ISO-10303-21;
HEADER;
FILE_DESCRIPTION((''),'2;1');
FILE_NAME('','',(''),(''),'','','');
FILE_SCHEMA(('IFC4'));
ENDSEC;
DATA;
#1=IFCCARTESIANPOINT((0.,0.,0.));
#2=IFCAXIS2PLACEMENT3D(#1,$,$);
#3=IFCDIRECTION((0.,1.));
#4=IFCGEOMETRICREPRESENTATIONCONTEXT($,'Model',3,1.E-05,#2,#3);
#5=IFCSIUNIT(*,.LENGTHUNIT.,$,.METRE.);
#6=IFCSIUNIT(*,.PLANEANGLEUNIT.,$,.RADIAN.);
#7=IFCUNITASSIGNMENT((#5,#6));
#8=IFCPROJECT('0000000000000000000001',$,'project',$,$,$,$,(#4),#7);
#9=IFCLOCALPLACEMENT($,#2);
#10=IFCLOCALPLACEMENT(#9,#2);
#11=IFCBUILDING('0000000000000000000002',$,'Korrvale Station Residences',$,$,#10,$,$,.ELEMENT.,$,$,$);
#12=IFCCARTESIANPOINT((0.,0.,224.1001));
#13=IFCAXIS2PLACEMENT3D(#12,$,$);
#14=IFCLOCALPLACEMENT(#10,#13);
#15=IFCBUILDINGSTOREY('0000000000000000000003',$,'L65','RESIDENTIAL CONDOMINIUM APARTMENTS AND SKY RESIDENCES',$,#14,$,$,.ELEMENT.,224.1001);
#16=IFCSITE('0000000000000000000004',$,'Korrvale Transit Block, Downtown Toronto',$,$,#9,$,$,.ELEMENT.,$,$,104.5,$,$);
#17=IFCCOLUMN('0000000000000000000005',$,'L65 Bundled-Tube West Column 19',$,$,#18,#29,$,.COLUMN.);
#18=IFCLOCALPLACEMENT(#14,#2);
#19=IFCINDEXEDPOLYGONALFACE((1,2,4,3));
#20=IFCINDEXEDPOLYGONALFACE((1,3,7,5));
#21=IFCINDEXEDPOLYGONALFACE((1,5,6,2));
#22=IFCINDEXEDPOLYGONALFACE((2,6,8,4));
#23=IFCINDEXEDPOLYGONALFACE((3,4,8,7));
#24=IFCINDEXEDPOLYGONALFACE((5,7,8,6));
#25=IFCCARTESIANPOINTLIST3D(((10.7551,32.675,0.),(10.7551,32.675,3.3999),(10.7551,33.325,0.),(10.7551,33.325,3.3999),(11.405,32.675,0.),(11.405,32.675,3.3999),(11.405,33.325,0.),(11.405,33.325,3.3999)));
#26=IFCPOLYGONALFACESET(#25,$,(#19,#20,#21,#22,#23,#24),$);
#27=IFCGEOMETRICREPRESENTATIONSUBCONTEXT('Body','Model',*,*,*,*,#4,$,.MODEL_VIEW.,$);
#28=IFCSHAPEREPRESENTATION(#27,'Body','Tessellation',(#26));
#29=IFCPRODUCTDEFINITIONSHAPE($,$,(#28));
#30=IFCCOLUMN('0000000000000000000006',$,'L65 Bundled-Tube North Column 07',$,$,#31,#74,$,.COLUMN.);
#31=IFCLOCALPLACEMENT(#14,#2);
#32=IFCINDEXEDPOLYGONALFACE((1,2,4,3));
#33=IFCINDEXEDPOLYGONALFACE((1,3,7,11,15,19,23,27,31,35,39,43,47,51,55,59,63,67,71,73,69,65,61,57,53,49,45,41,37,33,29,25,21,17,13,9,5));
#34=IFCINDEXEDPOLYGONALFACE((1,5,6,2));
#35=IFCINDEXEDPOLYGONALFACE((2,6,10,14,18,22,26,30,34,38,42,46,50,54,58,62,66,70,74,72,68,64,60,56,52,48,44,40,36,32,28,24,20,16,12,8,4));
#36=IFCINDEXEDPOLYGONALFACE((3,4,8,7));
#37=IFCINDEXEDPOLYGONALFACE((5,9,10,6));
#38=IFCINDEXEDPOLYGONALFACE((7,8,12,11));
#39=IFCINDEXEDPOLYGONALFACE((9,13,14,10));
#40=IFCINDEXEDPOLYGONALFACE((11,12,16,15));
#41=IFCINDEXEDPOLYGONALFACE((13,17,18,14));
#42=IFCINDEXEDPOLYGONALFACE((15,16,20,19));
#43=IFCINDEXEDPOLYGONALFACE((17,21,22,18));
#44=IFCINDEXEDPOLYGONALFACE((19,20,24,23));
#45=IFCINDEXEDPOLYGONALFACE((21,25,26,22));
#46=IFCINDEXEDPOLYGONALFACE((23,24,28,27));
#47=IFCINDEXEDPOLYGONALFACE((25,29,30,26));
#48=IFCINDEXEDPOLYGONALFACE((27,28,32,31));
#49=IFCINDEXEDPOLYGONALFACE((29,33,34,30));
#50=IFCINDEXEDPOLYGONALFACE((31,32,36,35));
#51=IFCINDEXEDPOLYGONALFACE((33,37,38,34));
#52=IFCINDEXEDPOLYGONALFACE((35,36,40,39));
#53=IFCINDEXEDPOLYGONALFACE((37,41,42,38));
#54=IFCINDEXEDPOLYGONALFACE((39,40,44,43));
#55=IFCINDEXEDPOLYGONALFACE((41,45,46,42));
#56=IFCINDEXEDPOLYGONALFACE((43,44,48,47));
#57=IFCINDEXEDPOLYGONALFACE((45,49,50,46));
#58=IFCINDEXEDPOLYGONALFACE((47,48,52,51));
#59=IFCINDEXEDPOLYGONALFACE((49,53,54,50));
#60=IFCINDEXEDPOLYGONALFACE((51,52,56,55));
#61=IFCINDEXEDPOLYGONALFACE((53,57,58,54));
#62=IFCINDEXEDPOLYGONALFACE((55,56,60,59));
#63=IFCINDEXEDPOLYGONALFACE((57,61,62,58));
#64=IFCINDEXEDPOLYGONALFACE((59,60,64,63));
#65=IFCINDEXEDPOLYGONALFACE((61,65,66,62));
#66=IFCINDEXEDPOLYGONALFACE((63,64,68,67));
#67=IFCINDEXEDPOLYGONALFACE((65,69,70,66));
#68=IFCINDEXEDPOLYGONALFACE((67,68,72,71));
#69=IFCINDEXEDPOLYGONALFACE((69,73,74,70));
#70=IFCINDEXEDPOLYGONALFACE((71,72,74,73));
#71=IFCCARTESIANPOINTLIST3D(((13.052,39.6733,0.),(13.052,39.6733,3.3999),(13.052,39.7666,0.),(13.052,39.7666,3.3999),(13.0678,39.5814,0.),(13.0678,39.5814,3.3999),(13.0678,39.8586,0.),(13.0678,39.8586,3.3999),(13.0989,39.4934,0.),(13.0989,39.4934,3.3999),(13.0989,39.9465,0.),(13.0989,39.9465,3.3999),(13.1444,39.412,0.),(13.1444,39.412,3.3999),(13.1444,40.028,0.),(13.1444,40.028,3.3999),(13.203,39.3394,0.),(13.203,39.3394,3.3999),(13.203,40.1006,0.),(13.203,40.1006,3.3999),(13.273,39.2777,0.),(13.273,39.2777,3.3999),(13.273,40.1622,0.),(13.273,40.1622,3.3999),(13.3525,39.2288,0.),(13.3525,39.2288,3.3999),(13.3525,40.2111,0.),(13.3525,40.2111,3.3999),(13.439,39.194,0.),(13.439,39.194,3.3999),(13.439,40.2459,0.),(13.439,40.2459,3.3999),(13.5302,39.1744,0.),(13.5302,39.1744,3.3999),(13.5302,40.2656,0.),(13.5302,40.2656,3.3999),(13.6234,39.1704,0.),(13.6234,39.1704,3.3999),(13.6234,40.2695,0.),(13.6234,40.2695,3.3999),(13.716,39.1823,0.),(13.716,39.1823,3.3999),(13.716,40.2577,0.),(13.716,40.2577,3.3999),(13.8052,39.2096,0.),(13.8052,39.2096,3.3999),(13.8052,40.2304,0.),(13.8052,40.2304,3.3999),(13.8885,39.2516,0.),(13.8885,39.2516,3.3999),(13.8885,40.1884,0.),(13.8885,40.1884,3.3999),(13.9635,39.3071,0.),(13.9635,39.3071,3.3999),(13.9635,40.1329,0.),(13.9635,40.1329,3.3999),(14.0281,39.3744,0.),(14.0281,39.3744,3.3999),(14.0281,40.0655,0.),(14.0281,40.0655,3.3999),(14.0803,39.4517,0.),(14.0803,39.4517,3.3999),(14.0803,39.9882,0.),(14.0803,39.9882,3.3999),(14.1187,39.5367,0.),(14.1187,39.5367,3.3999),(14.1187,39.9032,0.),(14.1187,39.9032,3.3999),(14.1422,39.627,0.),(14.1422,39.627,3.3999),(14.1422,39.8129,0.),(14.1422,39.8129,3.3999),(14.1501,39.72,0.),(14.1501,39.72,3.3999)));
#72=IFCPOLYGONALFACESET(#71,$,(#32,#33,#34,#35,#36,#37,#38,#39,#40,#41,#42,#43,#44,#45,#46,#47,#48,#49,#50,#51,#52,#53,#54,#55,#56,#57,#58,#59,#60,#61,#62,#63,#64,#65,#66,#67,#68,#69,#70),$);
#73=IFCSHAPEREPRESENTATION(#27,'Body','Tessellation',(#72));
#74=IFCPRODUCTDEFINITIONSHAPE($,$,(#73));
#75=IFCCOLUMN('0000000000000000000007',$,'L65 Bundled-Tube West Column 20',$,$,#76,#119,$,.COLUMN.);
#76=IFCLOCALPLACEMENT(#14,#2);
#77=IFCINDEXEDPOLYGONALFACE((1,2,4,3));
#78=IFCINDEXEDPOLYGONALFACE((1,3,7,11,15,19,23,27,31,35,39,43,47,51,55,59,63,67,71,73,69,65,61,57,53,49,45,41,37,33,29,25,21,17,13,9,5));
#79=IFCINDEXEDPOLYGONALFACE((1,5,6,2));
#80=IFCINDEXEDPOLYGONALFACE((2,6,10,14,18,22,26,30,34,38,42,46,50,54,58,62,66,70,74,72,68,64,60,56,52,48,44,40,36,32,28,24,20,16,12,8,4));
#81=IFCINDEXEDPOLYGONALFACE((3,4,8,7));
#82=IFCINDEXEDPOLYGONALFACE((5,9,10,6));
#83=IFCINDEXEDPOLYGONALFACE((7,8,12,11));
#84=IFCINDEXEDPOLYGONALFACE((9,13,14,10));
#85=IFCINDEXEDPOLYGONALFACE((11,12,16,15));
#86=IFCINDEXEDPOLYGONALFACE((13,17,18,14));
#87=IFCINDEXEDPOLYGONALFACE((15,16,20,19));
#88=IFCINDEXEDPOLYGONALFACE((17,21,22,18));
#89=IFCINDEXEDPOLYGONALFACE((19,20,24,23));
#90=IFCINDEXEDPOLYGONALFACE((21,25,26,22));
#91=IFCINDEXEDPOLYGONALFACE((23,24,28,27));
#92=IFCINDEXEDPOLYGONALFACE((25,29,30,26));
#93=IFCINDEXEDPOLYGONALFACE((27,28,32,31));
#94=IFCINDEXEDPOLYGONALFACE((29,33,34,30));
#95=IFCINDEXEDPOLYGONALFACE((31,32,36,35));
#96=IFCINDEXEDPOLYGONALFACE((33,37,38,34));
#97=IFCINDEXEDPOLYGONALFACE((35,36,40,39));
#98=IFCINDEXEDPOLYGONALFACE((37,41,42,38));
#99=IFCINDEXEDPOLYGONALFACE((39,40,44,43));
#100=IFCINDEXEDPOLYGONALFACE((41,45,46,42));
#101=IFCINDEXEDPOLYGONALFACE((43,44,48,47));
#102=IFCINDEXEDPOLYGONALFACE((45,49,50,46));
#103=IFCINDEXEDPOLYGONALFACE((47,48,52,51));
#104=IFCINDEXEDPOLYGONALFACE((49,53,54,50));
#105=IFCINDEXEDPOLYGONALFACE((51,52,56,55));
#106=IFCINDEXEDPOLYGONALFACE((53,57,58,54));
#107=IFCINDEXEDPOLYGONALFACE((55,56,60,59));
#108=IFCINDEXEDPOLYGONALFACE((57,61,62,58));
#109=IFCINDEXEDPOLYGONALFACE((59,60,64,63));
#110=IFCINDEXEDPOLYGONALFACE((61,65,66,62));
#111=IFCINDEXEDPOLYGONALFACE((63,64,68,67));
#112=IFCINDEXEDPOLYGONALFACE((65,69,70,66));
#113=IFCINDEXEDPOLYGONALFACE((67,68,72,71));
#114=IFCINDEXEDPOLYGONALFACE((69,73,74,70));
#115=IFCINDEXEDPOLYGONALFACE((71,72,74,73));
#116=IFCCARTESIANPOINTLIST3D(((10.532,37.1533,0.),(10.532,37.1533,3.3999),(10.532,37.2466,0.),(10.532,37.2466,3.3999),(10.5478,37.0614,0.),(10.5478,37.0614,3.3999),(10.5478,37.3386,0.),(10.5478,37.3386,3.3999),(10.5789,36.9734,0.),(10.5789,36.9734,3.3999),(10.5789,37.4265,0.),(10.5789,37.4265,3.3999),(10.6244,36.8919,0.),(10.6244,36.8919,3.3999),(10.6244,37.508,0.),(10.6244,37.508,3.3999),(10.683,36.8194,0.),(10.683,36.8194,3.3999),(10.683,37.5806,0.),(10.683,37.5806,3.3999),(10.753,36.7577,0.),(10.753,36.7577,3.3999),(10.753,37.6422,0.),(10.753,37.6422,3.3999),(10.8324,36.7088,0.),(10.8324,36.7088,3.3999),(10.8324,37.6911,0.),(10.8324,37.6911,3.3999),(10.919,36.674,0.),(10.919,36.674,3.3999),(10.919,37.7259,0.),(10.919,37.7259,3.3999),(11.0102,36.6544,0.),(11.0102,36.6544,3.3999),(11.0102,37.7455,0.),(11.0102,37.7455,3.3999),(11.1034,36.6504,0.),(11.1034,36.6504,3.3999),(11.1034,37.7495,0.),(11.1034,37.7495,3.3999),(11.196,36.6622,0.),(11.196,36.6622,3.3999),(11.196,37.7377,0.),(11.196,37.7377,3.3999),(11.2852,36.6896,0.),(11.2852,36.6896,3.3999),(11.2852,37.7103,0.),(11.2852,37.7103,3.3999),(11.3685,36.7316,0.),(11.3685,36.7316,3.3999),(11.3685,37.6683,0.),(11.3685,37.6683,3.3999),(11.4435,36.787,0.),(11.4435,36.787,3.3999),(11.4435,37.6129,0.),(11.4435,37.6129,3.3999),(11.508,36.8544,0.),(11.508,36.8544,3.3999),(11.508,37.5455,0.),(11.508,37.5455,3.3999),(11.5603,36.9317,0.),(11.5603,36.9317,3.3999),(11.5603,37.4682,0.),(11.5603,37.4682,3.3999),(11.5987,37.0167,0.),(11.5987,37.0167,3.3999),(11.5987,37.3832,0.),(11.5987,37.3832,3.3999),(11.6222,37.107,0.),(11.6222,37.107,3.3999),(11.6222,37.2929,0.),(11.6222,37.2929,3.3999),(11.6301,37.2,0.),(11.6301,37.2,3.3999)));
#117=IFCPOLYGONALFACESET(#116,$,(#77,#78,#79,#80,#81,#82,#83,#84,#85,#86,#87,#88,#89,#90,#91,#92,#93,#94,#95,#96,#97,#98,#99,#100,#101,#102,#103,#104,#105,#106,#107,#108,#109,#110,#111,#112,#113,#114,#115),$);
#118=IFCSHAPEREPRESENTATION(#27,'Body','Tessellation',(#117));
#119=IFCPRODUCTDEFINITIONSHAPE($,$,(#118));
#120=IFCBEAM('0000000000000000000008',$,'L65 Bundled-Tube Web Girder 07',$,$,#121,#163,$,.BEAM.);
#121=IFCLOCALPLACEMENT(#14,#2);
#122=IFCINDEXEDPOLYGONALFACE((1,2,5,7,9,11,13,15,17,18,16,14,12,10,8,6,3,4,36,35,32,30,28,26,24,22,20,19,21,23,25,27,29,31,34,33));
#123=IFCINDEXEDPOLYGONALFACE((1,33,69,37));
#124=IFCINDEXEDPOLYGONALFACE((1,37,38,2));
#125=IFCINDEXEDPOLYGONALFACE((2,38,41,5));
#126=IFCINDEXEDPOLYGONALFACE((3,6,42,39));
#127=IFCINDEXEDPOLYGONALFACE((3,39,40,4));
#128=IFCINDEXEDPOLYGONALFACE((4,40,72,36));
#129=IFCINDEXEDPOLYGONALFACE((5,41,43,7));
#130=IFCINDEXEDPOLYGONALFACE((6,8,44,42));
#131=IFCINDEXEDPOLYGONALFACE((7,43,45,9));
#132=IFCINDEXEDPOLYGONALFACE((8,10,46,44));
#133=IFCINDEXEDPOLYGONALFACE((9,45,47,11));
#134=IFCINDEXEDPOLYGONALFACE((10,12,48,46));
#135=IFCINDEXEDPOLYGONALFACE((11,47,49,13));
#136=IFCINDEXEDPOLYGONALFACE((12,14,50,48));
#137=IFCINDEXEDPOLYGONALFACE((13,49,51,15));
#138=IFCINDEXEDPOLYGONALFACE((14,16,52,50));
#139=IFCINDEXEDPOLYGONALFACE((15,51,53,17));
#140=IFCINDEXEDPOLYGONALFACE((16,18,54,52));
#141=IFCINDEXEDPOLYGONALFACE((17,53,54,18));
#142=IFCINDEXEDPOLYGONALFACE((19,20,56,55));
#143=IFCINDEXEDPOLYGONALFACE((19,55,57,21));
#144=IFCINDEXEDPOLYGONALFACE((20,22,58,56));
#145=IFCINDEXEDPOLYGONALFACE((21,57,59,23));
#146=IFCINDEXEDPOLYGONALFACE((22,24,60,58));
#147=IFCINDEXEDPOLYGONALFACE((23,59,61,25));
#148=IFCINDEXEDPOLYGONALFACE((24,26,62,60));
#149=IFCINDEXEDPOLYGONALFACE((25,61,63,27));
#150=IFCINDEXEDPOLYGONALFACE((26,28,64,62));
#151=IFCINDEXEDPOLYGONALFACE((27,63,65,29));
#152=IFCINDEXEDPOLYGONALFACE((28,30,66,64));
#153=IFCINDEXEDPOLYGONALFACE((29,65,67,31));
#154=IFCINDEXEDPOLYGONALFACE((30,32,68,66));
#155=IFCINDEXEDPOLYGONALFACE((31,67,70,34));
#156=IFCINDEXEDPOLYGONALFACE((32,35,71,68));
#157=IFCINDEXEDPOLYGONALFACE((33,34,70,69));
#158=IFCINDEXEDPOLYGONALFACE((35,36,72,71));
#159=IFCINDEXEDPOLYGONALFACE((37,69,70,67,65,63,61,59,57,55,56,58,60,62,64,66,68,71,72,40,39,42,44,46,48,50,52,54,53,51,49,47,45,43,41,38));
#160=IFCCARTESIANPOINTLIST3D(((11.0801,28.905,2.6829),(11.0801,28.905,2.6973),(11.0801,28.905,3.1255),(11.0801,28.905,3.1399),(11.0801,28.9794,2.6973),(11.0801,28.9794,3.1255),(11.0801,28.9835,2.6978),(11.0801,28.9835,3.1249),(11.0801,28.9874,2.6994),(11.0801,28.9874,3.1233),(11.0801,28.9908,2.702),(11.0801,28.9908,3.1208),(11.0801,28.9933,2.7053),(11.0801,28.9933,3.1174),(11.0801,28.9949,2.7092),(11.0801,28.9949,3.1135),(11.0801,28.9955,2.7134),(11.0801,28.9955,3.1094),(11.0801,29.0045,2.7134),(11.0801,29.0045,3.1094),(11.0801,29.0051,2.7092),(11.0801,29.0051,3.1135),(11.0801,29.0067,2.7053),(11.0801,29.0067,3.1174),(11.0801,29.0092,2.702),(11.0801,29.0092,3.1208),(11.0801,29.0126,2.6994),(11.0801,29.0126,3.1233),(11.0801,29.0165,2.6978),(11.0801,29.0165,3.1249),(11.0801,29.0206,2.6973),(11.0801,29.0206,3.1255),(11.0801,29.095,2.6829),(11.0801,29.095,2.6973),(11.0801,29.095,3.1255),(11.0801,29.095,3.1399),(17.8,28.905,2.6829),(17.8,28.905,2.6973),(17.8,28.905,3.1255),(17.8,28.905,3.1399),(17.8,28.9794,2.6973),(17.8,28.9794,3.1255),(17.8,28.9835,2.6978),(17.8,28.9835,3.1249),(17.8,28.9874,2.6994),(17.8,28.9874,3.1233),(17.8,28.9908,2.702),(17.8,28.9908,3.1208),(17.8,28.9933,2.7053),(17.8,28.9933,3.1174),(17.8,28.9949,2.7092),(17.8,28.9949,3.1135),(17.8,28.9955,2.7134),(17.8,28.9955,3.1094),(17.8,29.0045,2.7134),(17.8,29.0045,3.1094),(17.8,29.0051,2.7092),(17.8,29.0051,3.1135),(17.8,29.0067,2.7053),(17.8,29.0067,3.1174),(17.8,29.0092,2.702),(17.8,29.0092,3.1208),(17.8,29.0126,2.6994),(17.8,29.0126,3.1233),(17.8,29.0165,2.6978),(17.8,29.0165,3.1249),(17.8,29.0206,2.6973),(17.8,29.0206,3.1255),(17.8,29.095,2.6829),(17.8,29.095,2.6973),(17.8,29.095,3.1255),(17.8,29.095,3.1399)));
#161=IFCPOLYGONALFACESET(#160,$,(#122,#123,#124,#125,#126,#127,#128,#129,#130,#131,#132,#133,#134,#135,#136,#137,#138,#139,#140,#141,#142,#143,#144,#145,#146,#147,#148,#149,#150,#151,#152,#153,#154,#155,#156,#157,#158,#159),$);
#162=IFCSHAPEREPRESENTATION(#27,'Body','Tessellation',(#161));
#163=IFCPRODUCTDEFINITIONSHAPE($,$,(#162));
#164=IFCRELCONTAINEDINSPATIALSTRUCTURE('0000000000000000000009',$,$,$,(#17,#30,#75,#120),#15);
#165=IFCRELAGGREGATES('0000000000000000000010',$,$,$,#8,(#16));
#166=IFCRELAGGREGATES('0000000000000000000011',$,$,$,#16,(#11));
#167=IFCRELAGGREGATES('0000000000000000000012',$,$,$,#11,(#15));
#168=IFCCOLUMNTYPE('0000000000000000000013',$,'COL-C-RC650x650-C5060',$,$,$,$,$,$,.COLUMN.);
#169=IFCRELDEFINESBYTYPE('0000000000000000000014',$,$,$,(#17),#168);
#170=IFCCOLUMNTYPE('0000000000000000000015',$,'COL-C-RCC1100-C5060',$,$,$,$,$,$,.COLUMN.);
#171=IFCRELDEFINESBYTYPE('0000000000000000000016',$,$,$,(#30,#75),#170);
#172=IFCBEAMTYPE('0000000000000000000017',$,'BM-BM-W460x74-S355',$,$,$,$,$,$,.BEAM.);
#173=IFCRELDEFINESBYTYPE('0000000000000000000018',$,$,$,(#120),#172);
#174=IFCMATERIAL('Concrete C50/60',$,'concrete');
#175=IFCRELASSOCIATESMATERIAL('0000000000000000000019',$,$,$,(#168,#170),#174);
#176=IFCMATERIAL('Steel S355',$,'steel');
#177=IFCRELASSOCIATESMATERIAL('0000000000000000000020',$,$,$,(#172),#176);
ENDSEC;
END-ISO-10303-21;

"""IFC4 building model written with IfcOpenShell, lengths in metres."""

from ifc_helpers import new_model, si_unit, direction, frame, origin, origin_2d, place, context, subcontext, project, spatial, rectangle, circle, i_section, extrude, material, material_profile, profile_set, type_object, element, save


model = new_model("IFC4")

# Units and contexts
model_context = context("Model", 3, precision=1e-05, world=origin(), true_north=direction((0.0, 1.0)))
body_context = subcontext(model_context, "Body", "Model", "MODEL_VIEW")
ifc_project = project(units=[si_unit("LENGTHUNIT", "METRE"), si_unit("PLANEANGLEUNIT", "RADIAN")], contexts=[model_context])

# Site, building, storey
site_placement = place(None, origin())
site = spatial("IfcSite", under=ifc_project, at=site_placement, Name="Korrvale Transit Block, Downtown Toronto", CompositionType="ELEMENT", RefElevation=104.5)
building_placement = place(site_placement, origin())
building = spatial("IfcBuilding", under=site, at=building_placement, Name="Korrvale Station Residences", CompositionType="ELEMENT")
storey_placement = place(building_placement, frame((0.0, 0.0, 224.1001)))
storey = spatial("IfcBuildingStorey", under=building, at=storey_placement, Name="L65", Description="RESIDENTIAL CONDOMINIUM APARTMENTS AND SKY RESIDENCES", CompositionType="ELEMENT", Elevation=224.1001)

# Columns
ifc_material_1 = material(Name="Concrete C50/60", Category="concrete")
ifc_material_profile_1 = material_profile(ifc_material_1, rectangle(XDim=0.6499, YDim=0.6499, at=origin_2d()), Name="RC650x650")
ifc_profile_set_1 = profile_set([ifc_material_profile_1], Name="Concrete C50/60")
column_type_1 = type_object("IfcColumnType", Name="COL-C-RC650x650-C5060", PredefinedType="COLUMN", material=ifc_profile_set_1)
column_placement = place(storey_placement, frame((11.0801, 33.0, 0.0), z_axis=(0.0, 0.0, 1.0), x_axis=(1.0, 0.0, 0.0)))
element("IfcColumn", 1, at=column_placement, inside=storey, type_object=column_type_1, Name="L65 Bundled-Tube West Column 19", PredefinedType="COLUMN", context=body_context, shape_type="SweptSolid", body=[
    extrude(rectangle(XDim=0.6499, YDim=0.6499, at=origin_2d()), origin(), (0.0, 0.0, 1.0), 3.3999),
])
ifc_material_profile_2 = material_profile(ifc_material_1, circle(Radius=0.55, at=origin_2d()), Name="RCC1100")
ifc_profile_set_2 = profile_set([ifc_material_profile_2], Name="Concrete C50/60")
column_type_2 = type_object("IfcColumnType", Name="COL-C-RCC1100-C5060", PredefinedType="COLUMN", material=ifc_profile_set_2)
for number, where, z_axis, x_axis, name in (
    (2, (13.6001, 39.72, 0.0), (0.0, 0.0, 1.0), (1.0, 0.0, 0.0), "L65 Bundled-Tube North Column 07"),
    (3, (11.0801, 37.2, 0.0), (0.0, 0.0, 1.0), (1.0, 0.0, 0.0), "L65 Bundled-Tube West Column 20"),
):
    element("IfcColumn", number, at=place(storey_placement, frame(where, z_axis=z_axis, x_axis=x_axis)), inside=storey, type_object=column_type_2, Name=name, PredefinedType="COLUMN", context=body_context, shape_type="SweptSolid", body=[
        extrude(circle(Radius=0.55, at=origin_2d()), origin(), (0.0, 0.0, 1.0), 3.3999),
    ])

# Beam
ifc_material_2 = material(Name="Steel S355", Category="steel")
ifc_material_profile_3 = material_profile(ifc_material_2, i_section(OverallWidth=0.1899, OverallDepth=0.457, WebThickness=0.009, FlangeThickness=0.0144, FilletRadius=0.0161, at=origin_2d()), Name="W460x74")
ifc_profile_set_3 = profile_set([ifc_material_profile_3], Name="Steel S355")
beam_type_1 = type_object("IfcBeamType", Name="BM-BM-W460x74-S355", PredefinedType="BEAM", material=ifc_profile_set_3)
beam_1_placement = place(storey_placement, frame((11.0801, 29.0, 2.9114), z_axis=(1.0, 0.0, 0.0), x_axis=(0.0, 1.0, 0.0)))
element("IfcBeam", 4, at=beam_1_placement, inside=storey, type_object=beam_type_1, Name="L65 Bundled-Tube Web Girder 07", PredefinedType="BEAM", context=body_context, shape_type="SweptSolid", body=[
    extrude(i_section(OverallWidth=0.1899, OverallDepth=0.457, WebThickness=0.009, FlangeThickness=0.0144, FilletRadius=0.0161, at=origin_2d()), origin(), (0.0, 0.0, 1.0), 6.72),
])

save(model, "model.ifc")
